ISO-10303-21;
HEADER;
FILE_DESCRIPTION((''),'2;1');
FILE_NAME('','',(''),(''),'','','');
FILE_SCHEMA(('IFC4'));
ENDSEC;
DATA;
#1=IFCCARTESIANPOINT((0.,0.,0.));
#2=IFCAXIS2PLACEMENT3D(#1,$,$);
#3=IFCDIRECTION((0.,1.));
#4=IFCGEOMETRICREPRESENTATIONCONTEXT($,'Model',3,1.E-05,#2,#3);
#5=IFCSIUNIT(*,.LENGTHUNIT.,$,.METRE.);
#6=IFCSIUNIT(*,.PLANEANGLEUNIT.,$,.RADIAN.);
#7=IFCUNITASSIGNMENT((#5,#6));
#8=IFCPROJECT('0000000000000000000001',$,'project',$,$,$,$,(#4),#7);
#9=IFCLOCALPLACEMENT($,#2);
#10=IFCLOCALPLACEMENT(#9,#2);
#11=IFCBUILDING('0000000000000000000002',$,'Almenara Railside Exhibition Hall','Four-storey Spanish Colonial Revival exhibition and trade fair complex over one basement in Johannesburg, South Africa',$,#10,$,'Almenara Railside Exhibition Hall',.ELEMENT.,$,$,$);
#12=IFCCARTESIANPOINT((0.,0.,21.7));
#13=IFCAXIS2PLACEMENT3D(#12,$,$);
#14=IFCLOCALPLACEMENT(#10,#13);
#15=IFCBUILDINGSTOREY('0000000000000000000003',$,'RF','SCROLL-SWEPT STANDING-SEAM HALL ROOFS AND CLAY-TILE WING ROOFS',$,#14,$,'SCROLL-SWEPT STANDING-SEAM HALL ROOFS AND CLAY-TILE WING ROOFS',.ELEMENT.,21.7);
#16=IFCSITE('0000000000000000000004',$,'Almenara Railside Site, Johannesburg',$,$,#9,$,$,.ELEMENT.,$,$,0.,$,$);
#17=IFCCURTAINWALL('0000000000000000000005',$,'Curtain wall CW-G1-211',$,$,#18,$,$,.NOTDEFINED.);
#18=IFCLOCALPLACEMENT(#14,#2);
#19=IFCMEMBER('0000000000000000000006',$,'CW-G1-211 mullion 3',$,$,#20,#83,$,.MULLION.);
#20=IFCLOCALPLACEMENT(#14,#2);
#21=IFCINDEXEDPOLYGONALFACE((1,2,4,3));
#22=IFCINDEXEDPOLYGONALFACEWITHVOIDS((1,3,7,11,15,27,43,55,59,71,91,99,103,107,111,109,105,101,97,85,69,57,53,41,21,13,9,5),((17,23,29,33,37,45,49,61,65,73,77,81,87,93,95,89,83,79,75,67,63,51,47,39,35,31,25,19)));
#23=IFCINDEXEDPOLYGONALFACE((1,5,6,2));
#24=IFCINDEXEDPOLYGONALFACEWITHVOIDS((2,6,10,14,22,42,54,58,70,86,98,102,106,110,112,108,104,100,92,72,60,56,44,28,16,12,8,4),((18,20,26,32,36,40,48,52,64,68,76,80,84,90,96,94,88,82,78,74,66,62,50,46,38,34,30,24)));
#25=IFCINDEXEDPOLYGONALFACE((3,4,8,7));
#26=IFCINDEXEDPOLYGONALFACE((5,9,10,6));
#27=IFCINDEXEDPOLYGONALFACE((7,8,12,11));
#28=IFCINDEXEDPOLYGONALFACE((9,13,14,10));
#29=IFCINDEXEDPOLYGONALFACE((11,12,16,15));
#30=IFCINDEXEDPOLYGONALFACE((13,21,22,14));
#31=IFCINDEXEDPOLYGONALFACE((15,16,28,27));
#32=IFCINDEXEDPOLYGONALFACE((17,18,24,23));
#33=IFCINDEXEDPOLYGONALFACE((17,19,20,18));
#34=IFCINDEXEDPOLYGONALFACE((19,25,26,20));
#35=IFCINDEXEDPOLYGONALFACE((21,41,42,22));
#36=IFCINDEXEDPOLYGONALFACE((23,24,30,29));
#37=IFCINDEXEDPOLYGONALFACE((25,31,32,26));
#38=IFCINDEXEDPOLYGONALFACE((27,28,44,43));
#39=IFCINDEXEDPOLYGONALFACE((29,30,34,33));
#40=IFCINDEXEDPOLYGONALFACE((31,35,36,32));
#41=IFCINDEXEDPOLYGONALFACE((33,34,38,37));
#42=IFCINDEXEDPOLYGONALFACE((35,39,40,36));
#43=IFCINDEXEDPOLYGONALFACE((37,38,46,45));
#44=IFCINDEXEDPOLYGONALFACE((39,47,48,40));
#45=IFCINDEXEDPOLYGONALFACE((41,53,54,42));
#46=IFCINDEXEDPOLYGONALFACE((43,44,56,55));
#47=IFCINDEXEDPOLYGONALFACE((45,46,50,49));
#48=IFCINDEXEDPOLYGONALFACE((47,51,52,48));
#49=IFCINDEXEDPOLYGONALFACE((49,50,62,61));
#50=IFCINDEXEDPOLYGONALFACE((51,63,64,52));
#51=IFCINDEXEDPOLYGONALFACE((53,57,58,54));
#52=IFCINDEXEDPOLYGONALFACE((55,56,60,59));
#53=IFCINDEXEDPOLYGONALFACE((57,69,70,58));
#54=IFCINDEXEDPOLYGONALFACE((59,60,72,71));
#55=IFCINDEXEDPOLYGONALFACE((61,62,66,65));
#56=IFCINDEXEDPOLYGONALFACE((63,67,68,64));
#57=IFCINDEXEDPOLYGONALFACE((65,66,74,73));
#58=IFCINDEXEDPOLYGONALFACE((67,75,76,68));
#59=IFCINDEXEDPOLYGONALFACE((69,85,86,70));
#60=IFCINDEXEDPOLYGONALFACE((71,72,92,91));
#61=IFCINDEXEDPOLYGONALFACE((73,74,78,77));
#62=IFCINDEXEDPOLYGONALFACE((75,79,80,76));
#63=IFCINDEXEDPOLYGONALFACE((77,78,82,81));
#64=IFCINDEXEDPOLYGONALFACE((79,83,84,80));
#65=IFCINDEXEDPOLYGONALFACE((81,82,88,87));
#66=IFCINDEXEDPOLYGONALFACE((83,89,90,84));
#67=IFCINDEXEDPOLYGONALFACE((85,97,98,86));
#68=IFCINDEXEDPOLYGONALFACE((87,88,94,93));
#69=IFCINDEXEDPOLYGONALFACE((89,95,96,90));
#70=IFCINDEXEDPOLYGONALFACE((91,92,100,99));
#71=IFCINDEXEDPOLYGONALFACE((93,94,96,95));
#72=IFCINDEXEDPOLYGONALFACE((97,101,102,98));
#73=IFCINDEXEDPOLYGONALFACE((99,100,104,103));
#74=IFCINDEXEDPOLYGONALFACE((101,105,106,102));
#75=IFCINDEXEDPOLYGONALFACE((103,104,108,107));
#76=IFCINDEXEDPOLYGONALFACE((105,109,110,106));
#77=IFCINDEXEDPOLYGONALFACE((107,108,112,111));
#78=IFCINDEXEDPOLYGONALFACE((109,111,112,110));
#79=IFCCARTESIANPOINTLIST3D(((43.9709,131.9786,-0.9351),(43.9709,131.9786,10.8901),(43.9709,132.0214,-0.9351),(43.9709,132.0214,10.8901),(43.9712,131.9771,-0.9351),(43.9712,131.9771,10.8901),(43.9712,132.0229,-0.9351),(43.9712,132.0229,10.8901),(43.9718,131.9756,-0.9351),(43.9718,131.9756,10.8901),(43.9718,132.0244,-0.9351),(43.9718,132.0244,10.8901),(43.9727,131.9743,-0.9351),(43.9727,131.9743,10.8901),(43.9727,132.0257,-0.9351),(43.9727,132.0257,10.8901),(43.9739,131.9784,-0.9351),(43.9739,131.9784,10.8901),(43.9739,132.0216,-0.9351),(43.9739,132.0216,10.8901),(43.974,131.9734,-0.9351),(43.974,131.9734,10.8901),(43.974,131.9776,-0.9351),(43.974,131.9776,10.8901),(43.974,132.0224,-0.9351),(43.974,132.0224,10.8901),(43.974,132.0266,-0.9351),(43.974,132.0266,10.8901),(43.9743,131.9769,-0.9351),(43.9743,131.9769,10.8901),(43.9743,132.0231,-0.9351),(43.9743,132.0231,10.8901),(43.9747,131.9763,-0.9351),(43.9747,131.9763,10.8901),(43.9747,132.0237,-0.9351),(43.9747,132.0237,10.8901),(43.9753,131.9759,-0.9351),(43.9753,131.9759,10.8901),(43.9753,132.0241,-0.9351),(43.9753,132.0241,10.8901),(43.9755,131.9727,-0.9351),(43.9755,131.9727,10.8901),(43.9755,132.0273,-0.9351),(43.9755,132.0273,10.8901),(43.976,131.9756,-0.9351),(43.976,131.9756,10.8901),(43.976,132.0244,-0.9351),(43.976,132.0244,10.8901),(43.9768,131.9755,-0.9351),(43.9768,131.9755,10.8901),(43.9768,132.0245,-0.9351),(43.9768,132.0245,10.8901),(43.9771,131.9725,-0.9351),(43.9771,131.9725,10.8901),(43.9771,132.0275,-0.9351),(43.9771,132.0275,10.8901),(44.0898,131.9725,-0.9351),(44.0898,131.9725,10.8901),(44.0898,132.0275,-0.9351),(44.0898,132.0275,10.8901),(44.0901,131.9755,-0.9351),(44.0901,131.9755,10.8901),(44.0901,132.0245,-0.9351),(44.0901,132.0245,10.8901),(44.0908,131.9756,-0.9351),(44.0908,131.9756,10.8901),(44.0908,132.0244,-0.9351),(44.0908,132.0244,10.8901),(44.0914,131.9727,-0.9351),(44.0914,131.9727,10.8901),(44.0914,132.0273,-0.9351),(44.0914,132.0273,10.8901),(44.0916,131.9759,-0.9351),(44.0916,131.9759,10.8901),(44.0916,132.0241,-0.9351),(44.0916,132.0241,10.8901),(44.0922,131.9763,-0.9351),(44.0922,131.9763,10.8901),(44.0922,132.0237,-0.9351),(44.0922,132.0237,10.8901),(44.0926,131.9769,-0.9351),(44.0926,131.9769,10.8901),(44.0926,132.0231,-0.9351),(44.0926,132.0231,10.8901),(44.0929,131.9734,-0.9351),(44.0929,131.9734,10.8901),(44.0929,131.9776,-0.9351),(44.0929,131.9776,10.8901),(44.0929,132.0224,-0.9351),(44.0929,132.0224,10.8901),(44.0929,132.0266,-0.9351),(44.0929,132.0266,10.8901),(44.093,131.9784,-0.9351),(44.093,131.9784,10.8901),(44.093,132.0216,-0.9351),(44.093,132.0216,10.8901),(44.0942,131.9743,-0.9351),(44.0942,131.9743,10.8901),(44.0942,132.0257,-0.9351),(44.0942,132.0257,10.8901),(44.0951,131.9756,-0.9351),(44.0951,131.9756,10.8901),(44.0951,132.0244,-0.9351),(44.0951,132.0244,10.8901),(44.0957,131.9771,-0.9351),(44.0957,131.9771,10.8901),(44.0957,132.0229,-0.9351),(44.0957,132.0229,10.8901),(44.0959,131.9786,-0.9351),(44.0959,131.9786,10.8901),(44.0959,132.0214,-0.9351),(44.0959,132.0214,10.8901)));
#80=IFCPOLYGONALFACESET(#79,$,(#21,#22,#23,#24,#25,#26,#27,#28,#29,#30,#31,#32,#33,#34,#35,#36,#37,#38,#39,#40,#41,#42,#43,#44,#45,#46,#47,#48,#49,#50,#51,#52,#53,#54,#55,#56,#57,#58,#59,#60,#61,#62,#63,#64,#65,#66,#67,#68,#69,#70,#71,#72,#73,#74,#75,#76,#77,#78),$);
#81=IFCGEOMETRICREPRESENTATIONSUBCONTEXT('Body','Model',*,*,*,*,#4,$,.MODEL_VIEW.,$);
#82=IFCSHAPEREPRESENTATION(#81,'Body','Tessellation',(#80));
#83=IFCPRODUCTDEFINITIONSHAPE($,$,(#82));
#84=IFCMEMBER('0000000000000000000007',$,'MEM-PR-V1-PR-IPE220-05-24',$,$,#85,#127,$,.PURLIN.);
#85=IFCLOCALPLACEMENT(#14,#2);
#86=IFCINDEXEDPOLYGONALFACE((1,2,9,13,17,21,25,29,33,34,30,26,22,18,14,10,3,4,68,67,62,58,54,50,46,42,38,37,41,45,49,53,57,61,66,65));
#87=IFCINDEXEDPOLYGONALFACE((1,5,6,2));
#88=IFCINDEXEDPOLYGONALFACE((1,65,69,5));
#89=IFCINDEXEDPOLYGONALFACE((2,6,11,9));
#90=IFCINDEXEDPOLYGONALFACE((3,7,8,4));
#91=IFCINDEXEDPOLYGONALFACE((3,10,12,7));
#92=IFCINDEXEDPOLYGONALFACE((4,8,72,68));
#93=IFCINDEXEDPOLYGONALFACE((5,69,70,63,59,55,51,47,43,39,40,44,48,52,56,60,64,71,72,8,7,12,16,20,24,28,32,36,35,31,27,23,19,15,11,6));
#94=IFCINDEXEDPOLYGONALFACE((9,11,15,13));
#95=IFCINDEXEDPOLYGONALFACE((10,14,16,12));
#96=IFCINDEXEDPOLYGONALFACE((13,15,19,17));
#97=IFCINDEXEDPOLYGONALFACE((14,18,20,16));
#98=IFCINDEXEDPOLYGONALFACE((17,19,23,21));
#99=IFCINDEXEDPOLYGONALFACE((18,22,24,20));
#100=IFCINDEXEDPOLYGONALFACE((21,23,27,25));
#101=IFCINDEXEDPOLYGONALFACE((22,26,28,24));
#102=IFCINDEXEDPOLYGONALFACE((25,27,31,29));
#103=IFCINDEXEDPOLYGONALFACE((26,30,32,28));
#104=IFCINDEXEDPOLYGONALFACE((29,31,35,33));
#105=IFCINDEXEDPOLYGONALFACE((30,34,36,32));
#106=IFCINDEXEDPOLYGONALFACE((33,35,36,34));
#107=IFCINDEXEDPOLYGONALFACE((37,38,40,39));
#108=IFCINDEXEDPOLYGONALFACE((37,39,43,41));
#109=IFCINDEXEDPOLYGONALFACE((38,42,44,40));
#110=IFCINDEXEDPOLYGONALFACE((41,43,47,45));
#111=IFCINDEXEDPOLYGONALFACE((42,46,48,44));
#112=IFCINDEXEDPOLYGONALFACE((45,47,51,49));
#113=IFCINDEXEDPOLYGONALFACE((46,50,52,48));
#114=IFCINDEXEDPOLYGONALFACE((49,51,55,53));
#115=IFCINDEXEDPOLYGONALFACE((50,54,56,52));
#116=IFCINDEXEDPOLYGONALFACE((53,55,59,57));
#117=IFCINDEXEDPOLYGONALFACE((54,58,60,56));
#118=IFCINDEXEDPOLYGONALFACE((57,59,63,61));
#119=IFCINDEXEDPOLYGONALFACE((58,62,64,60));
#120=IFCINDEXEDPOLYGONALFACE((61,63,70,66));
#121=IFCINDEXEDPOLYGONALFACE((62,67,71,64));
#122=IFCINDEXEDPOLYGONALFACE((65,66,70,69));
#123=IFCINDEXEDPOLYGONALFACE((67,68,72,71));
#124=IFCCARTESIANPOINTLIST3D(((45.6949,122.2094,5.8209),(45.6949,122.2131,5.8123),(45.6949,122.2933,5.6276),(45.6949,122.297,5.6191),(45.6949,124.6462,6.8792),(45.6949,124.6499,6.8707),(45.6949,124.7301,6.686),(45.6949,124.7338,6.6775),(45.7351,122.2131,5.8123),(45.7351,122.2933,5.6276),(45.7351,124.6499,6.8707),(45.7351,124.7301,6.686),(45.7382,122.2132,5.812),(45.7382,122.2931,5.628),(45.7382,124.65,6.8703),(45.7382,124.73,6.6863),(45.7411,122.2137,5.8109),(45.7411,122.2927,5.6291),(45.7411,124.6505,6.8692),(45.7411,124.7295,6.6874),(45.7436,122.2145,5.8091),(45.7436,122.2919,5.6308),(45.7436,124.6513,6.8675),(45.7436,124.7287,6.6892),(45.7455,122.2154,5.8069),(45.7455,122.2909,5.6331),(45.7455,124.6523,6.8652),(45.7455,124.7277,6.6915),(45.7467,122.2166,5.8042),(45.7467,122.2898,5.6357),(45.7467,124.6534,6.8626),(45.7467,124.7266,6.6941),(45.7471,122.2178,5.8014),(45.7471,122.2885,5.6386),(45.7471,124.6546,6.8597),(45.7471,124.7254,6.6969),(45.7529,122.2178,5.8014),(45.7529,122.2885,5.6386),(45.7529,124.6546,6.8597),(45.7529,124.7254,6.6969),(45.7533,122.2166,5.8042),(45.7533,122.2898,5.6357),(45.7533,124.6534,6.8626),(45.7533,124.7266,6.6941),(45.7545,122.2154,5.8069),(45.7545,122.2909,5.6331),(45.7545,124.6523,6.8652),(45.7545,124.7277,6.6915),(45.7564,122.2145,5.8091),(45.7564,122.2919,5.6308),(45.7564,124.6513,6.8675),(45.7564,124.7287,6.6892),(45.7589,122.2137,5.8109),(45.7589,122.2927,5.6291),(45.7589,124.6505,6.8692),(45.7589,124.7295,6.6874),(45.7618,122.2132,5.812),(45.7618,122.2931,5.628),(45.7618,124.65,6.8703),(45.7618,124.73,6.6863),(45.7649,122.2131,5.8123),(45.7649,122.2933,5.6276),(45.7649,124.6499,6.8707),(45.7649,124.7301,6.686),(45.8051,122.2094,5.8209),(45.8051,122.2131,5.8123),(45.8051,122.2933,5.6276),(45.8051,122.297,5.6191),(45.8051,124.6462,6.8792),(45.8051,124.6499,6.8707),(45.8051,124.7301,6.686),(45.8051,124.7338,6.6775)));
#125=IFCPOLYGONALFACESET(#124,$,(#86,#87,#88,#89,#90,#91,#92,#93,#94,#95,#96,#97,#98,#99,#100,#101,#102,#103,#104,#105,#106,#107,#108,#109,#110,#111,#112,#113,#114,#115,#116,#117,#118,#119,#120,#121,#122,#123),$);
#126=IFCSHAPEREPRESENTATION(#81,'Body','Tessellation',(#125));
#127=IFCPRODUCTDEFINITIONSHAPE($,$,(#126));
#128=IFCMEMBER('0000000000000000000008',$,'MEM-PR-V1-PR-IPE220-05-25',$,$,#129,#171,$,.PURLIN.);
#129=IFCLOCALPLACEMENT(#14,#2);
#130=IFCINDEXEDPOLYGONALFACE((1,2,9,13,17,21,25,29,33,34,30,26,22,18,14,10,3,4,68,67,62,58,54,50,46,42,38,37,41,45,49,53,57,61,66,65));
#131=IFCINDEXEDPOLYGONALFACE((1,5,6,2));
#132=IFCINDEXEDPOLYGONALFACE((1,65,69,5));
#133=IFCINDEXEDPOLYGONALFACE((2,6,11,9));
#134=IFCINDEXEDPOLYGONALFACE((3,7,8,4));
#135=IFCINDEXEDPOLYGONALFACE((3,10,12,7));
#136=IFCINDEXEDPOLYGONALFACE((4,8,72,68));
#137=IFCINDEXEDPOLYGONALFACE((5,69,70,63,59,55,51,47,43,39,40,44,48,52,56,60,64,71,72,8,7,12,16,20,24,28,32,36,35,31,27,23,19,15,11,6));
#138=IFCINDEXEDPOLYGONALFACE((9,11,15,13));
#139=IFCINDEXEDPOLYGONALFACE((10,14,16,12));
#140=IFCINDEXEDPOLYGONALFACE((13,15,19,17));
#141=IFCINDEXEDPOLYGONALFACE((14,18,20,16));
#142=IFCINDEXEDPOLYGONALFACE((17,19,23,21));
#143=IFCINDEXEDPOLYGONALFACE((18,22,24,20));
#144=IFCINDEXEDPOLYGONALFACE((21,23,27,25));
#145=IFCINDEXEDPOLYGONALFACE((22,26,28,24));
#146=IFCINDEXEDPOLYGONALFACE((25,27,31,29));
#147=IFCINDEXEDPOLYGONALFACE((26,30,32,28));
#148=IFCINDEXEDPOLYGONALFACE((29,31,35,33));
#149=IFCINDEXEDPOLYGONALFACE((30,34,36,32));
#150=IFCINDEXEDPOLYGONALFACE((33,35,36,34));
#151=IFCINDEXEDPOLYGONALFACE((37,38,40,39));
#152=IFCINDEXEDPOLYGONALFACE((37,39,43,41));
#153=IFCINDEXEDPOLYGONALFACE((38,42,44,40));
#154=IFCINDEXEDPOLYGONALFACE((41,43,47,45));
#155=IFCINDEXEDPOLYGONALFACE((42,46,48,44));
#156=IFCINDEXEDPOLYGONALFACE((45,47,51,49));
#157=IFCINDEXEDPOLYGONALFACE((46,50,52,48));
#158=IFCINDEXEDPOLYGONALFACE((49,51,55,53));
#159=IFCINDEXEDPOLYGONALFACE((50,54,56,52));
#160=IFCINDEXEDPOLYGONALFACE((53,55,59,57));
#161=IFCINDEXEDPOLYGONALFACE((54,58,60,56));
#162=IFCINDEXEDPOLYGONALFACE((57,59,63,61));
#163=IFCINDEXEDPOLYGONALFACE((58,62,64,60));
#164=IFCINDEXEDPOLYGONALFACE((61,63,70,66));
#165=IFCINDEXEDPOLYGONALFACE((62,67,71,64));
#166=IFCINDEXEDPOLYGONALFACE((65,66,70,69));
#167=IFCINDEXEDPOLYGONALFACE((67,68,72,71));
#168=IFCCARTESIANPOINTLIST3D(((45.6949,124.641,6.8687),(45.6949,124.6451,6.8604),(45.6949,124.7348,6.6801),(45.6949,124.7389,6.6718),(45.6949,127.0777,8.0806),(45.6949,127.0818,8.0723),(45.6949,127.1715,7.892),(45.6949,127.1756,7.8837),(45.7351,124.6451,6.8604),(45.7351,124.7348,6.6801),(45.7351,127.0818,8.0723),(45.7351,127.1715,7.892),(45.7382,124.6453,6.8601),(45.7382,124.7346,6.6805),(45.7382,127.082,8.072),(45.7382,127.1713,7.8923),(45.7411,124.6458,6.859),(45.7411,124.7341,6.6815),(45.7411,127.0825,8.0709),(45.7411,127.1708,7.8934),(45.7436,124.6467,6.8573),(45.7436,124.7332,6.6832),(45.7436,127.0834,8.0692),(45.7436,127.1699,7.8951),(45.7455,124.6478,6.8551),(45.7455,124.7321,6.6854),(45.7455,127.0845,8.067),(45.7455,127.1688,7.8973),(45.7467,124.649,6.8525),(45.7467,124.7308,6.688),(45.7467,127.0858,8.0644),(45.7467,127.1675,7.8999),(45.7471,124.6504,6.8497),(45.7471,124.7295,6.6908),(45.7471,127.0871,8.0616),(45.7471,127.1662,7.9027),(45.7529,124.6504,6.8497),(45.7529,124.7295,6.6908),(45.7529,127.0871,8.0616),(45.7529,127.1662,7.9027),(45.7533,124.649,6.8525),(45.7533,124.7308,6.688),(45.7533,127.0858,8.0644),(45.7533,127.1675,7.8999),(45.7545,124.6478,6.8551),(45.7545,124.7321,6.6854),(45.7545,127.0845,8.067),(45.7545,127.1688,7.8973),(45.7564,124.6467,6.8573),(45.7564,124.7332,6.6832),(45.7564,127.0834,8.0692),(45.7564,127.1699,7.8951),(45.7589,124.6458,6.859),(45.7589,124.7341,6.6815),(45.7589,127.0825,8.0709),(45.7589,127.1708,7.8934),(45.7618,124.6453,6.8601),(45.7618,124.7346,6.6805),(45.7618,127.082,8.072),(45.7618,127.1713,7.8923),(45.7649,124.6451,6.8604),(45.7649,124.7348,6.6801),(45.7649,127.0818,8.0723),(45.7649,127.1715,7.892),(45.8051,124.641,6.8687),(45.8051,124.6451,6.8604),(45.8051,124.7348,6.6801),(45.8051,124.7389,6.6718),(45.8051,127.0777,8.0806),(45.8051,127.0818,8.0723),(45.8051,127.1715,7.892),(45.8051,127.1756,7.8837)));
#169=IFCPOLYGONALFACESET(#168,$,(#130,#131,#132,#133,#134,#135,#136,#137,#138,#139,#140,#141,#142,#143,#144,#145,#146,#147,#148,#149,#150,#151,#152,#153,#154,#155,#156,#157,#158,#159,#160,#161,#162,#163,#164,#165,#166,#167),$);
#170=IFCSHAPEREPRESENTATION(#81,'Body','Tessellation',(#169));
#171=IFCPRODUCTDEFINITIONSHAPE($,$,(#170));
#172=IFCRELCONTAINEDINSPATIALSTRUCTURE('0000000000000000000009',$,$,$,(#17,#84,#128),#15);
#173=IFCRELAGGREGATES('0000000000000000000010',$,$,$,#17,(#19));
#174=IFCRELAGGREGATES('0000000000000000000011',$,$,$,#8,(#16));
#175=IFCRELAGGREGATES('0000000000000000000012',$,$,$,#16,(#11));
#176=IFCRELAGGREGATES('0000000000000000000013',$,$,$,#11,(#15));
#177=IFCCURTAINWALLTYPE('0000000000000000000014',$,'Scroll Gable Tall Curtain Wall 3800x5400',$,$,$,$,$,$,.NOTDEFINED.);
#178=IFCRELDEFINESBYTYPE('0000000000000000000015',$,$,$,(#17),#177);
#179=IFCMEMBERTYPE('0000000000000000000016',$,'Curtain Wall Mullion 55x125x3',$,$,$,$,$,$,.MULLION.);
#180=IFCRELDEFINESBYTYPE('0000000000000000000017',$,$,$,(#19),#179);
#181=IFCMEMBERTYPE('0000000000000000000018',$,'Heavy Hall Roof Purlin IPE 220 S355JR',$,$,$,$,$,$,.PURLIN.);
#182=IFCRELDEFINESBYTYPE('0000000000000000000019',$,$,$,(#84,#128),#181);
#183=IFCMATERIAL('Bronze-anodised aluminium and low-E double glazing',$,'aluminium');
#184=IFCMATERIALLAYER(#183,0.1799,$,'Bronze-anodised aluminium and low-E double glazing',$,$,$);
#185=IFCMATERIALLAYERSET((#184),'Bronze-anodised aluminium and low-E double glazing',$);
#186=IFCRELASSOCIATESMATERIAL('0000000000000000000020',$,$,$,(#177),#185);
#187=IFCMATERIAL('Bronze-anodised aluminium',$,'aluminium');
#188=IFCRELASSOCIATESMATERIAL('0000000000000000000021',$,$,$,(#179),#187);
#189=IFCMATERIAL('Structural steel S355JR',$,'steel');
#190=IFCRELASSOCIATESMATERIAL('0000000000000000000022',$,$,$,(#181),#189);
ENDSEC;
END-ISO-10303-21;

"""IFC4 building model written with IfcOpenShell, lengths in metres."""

from ifc_helpers import new_model, si_unit, direction, frame, origin, origin_2d, place, context, subcontext, project, spatial, hollow_rectangle, i_section, extrude, material, layer, layer_set, material_profile, profile_set, type_object, element, aggregate, save


model = new_model("IFC4")

# Units and contexts
model_context = context("Model", 3, precision=1e-05, world=origin(), true_north=direction((0.0, 1.0)))
body_context = subcontext(model_context, "Body", "Model", "MODEL_VIEW")
ifc_project = project(units=[si_unit("LENGTHUNIT", "METRE"), si_unit("PLANEANGLEUNIT", "RADIAN")], contexts=[model_context])

# Site, building, storey
site_placement = place(None, origin())
site = spatial("IfcSite", under=ifc_project, at=site_placement, Name="Almenara Railside Site, Johannesburg", CompositionType="ELEMENT", RefElevation=0.0)
building_placement = place(site_placement, origin())
building = spatial("IfcBuilding", under=site, at=building_placement, Name="Almenara Railside Exhibition Hall", Description="Four-storey Spanish Colonial Revival exhibition and trade fair complex over one basement in Johannesburg, South Africa", LongName="Almenara Railside Exhibition Hall", CompositionType="ELEMENT")
storey_placement = place(building_placement, frame((0.0, 0.0, 21.7)))
storey = spatial("IfcBuildingStorey", under=building, at=storey_placement, Name="RF", Description="SCROLL-SWEPT STANDING-SEAM HALL ROOFS AND CLAY-TILE WING ROOFS", LongName="SCROLL-SWEPT STANDING-SEAM HALL ROOFS AND CLAY-TILE WING ROOFS", CompositionType="ELEMENT", Elevation=21.7)

# Shared definitions
ifc_material_1 = material(Name="Structural steel S355JR", Category="steel")

# Curtain wall, member
ifc_material_2 = material(Name="Bronze-anodised aluminium and low-E double glazing", Category="aluminium")
ifc_layer_1 = layer(ifc_material_2, 0.1799, Name="Bronze-anodised aluminium and low-E double glazing")
ifc_layer_set_1 = layer_set([ifc_layer_1], Name="Bronze-anodised aluminium and low-E double glazing")
curtain_wall_type = type_object("IfcCurtainWallType", Name="Scroll Gable Tall Curtain Wall 3800x5400", PredefinedType="NOTDEFINED", material=ifc_layer_set_1)
curtain_wall_placement = place(storey_placement, origin())
curtain_wall = element("IfcCurtainWall", 1, at=curtain_wall_placement, inside=storey, type_object=curtain_wall_type, Name="Curtain wall CW-G1-211", PredefinedType="NOTDEFINED")
ifc_material_3 = material(Name="Bronze-anodised aluminium", Category="aluminium")
ifc_material_profile_1 = material_profile(ifc_material_3, hollow_rectangle(XDim=0.0549, YDim=0.125, WallThickness=0.0029, InnerFilletRadius=0.0029, OuterFilletRadius=0.0061, at=origin_2d()), Name="ALU-MUL 55x125x3")
ifc_profile_set_1 = profile_set([ifc_material_profile_1], Name="Bronze-anodised aluminium")
member_type_1 = type_object("IfcMemberType", Name="Curtain Wall Mullion 55x125x3", PredefinedType="MULLION", material=ifc_profile_set_1)
member_1_placement = place(storey_placement, frame((44.0334, 132.0, -0.9351), z_axis=(0.0, 0.0, 1.0), x_axis=(0.0, 1.0, 0.0)))
member_1 = element("IfcMember", 2, at=member_1_placement, type_object=member_type_1, Name="CW-G1-211 mullion 3", PredefinedType="MULLION", context=body_context, shape_type="SweptSolid", body=[
    extrude(hollow_rectangle(XDim=0.0549, YDim=0.125, WallThickness=0.0029, InnerFilletRadius=0.0029, OuterFilletRadius=0.0061, at=origin_2d()), origin(), (0.0, 0.0, 1.0), 11.8252),
])
aggregate(curtain_wall, [member_1])

# Members
ifc_material_profile_2 = material_profile(ifc_material_1, i_section(OverallWidth=0.1101, OverallDepth=0.22, WebThickness=0.0059, FlangeThickness=0.0093, FilletRadius=0.012, at=origin_2d()), Name="IPE 220")
ifc_profile_set_2 = profile_set([ifc_material_profile_2], Name="Structural steel S355JR")
member_type_2 = type_object("IfcMemberType", Name="Heavy Hall Roof Purlin IPE 220 S355JR", PredefinedType="PURLIN", material=ifc_profile_set_2)
member_2_placement = place(storey_placement, frame((45.75, 122.2532, 5.72), z_axis=(0.0, 0.917223, 0.398373), x_axis=(-1.0, 0.0, 0.0)))
element("IfcMember", 3, at=member_2_placement, inside=storey, type_object=member_type_2, Name="MEM-PR-V1-PR-IPE220-05-24", PredefinedType="PURLIN", context=body_context, shape_type="SweptSolid", body=[
    extrude(i_section(OverallWidth=0.1101, OverallDepth=0.22, WebThickness=0.0059, FlangeThickness=0.0093, FilletRadius=0.012, at=origin_2d()), origin(), (0.0, 0.0, 1.0), 2.6567),
])
member_3_placement = place(storey_placement, frame((45.75, 124.6899, 6.7703), z_axis=(0.0, 0.895376, 0.445311), x_axis=(-1.0, 0.0, 0.0)))
element("IfcMember", 4, at=member_3_placement, inside=storey, type_object=member_type_2, Name="MEM-PR-V1-PR-IPE220-05-25", PredefinedType="PURLIN", context=body_context, shape_type="SweptSolid", body=[
    extrude(i_section(OverallWidth=0.1101, OverallDepth=0.22, WebThickness=0.0059, FlangeThickness=0.0093, FilletRadius=0.012, at=origin_2d()), origin(), (0.0, 0.0, 1.0), 2.7214),
])

save(model, "model.ifc")
